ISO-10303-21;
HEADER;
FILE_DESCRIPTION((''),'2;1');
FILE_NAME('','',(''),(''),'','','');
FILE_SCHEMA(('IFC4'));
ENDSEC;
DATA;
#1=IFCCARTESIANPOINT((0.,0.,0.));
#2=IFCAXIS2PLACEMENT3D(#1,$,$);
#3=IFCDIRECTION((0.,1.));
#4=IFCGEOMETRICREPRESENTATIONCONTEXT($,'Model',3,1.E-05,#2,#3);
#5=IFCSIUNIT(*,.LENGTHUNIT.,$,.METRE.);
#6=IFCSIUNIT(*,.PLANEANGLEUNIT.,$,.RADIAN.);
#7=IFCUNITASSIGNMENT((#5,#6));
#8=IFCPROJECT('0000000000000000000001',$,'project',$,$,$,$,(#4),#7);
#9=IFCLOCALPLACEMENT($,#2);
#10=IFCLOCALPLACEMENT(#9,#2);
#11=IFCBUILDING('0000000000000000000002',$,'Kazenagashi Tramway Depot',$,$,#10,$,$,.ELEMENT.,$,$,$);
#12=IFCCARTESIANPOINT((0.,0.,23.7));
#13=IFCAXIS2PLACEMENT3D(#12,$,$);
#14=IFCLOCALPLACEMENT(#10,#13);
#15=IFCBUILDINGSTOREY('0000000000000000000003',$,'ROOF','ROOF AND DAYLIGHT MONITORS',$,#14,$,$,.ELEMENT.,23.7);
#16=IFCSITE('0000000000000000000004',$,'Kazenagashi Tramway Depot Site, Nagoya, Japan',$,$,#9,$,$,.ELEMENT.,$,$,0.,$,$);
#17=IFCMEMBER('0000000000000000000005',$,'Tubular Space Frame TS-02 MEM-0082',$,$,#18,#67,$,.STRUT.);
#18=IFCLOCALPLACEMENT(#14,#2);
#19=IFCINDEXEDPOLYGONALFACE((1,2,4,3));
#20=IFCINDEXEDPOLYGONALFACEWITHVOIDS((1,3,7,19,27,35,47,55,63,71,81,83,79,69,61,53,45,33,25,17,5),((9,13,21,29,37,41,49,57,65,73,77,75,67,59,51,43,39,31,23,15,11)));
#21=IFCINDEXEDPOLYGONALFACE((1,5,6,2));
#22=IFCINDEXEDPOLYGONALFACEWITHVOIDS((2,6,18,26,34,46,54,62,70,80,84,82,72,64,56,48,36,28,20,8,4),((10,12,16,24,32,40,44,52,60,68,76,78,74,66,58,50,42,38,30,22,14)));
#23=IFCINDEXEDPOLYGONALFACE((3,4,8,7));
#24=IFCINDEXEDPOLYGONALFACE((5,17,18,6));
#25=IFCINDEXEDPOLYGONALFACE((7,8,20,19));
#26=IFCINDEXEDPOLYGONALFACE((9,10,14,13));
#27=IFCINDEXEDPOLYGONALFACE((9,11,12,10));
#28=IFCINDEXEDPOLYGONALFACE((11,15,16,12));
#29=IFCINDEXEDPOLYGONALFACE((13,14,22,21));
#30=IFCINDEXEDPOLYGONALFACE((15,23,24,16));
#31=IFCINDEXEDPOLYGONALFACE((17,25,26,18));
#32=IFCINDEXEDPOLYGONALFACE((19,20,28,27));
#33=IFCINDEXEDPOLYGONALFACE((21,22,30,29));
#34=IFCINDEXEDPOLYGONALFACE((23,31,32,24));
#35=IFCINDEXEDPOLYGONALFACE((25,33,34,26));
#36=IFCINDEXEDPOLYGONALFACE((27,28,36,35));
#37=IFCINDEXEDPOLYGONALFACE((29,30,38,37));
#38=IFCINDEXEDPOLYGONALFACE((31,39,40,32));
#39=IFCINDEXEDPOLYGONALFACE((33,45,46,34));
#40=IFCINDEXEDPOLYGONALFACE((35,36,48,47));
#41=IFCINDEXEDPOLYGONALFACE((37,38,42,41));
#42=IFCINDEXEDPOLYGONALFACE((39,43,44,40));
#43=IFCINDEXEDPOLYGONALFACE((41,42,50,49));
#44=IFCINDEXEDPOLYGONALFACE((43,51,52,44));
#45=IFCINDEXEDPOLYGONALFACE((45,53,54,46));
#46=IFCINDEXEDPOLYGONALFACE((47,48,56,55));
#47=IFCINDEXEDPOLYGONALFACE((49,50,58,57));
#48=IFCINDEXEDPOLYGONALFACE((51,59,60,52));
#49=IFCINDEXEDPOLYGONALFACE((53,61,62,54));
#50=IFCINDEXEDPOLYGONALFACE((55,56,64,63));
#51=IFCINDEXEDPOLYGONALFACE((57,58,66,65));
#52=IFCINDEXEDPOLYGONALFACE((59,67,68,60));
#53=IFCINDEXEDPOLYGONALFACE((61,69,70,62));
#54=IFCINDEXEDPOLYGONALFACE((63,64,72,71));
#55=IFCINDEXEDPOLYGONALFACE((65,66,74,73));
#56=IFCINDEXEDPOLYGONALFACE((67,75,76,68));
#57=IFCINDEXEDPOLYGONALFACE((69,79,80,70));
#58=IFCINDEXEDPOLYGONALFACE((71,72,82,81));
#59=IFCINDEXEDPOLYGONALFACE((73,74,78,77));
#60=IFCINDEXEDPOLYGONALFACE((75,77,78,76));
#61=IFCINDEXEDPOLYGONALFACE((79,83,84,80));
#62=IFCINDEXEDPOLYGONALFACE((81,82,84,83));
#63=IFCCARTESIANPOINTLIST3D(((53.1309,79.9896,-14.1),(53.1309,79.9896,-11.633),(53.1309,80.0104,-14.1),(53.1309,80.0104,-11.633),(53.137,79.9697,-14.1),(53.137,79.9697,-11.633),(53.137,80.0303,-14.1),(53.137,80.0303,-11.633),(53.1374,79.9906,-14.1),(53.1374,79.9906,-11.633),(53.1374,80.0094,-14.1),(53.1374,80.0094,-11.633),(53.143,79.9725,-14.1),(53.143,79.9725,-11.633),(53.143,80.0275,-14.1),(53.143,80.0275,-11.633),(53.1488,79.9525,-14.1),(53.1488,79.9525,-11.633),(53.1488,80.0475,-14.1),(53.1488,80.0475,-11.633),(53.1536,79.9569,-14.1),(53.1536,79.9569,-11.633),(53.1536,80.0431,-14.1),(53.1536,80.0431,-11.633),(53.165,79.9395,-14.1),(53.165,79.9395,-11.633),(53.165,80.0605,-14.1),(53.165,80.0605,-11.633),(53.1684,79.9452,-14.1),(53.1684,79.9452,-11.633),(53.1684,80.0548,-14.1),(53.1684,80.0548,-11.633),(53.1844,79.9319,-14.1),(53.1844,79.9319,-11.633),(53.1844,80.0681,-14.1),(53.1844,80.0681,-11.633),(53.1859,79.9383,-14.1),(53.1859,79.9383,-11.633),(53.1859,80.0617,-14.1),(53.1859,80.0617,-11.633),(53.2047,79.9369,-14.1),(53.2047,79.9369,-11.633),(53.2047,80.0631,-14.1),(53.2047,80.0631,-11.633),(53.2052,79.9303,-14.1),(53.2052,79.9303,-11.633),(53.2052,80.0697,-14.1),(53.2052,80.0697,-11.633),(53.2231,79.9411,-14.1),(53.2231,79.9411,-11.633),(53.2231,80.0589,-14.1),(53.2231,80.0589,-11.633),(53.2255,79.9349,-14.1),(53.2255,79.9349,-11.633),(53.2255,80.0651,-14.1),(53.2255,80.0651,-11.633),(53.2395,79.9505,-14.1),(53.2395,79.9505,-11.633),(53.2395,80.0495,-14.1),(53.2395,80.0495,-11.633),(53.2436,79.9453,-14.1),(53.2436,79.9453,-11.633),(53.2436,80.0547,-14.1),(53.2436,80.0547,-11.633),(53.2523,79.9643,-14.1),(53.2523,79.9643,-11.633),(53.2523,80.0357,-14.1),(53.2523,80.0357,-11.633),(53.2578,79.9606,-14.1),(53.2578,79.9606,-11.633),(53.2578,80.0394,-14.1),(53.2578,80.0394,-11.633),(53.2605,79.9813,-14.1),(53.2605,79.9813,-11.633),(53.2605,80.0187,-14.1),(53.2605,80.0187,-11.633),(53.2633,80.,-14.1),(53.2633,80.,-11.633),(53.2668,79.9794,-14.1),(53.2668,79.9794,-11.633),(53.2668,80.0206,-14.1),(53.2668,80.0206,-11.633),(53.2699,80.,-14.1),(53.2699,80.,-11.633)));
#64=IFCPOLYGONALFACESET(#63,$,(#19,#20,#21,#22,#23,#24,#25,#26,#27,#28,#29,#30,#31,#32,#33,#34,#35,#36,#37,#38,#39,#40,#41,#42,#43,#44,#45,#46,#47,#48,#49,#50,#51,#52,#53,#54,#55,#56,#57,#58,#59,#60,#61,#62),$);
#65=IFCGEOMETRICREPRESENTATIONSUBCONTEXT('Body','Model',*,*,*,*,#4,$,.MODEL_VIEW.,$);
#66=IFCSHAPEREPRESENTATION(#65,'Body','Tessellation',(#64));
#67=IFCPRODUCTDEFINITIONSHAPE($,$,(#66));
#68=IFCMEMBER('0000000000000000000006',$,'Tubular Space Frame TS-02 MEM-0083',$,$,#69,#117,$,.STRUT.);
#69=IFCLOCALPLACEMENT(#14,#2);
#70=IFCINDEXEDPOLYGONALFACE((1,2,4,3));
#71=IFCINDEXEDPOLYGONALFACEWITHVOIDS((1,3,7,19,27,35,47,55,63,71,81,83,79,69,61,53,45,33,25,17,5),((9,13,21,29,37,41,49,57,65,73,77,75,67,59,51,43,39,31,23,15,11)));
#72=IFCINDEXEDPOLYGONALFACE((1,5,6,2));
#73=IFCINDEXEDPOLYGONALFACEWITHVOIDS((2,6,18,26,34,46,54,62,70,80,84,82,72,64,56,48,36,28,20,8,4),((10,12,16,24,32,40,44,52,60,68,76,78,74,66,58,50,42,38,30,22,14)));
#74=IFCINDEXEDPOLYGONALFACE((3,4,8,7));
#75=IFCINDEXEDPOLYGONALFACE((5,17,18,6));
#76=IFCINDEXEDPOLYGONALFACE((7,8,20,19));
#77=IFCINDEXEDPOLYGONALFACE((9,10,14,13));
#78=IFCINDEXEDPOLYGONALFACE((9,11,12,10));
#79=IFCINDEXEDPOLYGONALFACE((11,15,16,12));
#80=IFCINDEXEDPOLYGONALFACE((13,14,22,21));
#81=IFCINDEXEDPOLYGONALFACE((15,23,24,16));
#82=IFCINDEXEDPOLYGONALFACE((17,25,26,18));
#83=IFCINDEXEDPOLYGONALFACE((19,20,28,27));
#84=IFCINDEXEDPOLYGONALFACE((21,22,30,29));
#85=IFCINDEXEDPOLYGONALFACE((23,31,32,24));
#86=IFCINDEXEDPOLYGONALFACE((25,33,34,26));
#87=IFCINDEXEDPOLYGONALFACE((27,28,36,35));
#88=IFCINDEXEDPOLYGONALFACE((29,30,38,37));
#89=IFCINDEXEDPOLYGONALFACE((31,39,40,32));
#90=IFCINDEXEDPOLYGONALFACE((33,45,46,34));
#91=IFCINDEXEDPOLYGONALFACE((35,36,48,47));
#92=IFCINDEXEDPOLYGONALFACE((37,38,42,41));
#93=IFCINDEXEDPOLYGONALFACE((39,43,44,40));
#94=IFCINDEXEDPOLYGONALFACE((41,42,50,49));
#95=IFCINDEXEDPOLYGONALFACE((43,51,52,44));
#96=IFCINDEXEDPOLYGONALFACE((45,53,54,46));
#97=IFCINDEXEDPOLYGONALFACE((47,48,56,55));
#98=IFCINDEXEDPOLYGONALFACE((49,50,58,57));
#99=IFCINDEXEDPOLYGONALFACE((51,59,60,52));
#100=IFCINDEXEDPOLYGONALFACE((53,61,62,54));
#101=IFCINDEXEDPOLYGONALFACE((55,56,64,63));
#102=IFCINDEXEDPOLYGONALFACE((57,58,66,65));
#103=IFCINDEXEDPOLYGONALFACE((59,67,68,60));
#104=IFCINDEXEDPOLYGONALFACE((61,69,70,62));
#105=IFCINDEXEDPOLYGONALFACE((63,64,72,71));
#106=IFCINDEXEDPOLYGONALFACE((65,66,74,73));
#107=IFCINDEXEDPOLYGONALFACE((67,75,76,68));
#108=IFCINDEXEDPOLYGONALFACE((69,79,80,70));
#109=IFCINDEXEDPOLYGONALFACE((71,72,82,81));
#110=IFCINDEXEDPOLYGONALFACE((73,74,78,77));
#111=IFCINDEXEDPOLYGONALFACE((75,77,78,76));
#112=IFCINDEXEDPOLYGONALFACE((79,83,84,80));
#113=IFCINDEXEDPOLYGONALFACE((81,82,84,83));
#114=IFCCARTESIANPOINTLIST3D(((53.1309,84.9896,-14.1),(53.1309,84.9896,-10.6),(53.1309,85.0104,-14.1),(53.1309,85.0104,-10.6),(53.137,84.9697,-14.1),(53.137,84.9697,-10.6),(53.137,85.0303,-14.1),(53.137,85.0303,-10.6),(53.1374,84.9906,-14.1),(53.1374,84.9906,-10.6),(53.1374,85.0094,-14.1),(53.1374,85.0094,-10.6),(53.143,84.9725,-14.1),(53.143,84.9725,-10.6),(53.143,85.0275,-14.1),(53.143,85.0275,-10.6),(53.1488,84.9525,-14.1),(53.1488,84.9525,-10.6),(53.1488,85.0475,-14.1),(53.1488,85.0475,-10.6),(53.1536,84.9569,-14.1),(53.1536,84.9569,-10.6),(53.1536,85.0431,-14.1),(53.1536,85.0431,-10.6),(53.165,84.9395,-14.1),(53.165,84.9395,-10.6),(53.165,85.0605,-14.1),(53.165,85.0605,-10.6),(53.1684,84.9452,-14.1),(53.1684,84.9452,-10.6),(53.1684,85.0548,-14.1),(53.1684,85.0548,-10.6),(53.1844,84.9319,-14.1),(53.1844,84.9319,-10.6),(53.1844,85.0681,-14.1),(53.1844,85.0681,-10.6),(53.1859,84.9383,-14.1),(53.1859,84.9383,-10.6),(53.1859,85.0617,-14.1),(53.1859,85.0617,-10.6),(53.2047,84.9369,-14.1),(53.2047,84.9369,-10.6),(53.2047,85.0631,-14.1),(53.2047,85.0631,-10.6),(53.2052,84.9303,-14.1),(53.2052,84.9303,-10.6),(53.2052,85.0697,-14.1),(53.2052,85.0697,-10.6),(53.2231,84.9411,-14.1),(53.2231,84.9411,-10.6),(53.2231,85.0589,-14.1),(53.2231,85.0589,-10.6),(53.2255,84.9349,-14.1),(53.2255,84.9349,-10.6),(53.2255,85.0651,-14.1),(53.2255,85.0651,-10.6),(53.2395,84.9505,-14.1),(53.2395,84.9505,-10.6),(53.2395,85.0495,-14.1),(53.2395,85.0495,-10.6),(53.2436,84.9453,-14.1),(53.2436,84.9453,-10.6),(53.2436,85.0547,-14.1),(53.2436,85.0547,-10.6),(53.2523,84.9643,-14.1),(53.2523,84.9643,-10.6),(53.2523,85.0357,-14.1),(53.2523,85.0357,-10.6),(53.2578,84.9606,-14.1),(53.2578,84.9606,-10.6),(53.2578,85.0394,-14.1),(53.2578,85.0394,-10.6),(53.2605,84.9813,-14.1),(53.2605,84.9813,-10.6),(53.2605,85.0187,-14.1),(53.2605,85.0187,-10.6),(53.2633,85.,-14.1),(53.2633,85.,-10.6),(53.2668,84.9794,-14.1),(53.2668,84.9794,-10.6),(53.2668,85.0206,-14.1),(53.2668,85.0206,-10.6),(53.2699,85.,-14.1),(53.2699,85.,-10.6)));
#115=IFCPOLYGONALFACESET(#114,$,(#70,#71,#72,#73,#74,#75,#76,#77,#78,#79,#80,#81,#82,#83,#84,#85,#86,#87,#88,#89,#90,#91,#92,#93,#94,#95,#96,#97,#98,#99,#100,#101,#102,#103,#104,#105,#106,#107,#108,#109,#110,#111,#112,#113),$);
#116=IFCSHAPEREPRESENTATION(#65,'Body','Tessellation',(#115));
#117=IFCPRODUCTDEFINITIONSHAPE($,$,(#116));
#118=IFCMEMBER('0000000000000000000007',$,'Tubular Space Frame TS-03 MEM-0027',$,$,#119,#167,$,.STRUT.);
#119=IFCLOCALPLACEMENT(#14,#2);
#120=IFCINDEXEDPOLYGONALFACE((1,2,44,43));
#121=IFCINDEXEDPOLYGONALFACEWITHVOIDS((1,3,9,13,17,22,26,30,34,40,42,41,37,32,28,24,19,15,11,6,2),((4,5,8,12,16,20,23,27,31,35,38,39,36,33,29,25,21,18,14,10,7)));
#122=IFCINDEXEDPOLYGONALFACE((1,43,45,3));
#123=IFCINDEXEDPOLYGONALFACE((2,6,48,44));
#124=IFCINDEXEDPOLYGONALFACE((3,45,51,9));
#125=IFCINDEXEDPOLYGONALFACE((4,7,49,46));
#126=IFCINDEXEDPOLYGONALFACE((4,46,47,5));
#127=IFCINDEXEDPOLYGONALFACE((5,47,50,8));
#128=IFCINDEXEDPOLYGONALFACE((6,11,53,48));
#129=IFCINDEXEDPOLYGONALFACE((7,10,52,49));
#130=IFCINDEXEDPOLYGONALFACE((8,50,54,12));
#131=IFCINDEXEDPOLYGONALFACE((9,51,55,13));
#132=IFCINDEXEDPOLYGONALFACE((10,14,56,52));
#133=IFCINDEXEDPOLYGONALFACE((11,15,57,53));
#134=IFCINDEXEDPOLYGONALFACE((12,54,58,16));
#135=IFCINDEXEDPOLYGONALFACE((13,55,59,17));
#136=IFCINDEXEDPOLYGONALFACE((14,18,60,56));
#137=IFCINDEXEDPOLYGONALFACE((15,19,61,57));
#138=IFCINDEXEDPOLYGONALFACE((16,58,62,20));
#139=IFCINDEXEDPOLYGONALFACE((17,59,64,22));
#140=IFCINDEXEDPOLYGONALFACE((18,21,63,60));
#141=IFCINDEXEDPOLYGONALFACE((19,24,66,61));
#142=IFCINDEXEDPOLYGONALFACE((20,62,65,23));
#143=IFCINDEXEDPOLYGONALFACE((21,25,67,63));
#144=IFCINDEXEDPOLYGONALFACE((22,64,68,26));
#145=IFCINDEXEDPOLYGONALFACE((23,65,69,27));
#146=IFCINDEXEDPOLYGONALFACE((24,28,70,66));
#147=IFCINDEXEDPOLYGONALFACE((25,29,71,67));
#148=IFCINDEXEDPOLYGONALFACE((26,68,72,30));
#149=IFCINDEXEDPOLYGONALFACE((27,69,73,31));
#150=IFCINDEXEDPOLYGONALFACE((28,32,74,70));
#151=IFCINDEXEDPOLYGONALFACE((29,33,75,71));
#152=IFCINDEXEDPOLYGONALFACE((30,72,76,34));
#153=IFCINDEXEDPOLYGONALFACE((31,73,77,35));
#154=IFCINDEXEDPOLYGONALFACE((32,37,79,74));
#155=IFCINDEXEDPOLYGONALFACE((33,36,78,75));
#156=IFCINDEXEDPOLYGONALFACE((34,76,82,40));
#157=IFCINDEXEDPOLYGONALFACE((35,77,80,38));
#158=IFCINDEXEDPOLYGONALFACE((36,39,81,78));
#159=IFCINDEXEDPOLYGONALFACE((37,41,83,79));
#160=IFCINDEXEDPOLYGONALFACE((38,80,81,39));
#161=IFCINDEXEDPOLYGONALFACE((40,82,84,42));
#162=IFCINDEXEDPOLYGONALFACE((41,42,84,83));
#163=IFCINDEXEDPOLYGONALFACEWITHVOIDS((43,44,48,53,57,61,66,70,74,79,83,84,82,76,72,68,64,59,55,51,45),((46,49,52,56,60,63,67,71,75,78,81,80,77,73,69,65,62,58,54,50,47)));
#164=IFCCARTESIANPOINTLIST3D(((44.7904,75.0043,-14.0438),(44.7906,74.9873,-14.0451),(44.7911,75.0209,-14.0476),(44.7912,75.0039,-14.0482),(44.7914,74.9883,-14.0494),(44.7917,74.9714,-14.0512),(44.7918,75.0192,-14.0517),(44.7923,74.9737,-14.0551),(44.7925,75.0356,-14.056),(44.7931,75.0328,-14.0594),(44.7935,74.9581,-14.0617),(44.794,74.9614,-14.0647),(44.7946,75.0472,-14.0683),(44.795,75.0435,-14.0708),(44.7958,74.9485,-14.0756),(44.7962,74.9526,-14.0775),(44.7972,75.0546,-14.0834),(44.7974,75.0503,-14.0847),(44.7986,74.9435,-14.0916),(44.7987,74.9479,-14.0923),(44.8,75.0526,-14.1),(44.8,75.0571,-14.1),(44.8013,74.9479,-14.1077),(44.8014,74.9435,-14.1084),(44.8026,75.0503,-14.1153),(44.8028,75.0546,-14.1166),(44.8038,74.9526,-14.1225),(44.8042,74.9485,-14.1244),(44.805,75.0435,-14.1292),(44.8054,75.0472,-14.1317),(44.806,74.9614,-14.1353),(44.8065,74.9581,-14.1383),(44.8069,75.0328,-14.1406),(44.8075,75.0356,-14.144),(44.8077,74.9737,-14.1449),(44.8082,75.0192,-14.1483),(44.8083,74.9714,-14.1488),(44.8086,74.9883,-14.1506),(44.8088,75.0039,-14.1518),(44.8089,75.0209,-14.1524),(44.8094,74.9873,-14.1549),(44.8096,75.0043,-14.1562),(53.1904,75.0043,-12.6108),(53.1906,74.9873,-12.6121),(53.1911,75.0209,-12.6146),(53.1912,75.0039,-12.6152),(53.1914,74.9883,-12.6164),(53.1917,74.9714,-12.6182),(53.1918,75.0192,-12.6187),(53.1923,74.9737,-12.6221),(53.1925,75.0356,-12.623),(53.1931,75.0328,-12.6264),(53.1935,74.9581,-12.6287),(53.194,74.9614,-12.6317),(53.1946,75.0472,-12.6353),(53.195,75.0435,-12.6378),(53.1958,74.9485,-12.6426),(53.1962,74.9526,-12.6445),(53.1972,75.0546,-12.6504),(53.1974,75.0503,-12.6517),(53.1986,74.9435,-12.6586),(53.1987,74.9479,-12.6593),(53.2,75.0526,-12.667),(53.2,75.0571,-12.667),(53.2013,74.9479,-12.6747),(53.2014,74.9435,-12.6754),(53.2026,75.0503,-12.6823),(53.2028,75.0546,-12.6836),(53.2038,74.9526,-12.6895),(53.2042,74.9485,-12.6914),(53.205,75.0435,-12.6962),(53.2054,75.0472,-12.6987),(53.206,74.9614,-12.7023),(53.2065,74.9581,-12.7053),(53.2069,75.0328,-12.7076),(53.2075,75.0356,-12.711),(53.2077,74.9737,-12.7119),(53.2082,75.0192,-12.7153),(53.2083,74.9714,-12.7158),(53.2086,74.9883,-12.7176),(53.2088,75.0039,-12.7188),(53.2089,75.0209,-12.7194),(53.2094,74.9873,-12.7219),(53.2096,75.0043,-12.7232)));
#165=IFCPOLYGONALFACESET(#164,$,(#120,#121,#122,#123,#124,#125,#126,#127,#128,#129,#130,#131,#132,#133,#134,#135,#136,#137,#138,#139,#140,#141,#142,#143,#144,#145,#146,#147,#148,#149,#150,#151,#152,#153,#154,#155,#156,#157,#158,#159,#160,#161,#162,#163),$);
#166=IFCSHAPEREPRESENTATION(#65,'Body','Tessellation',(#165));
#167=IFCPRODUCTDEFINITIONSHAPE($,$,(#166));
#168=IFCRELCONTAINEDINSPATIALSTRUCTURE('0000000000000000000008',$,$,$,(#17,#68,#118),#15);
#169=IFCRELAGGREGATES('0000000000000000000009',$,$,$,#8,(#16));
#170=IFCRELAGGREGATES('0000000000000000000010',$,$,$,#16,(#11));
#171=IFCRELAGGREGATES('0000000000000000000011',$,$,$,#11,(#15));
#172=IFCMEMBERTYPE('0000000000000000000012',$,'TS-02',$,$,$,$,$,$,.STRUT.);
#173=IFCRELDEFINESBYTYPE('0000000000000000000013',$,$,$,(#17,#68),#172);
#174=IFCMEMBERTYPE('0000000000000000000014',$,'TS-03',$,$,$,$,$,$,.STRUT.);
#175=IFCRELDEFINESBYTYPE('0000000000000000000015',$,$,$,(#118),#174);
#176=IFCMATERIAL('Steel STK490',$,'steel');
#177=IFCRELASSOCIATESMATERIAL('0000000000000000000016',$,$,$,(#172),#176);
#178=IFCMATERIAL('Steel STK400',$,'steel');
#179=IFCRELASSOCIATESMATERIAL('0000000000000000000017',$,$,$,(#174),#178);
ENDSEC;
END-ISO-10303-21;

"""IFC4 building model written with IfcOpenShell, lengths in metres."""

from ifc_helpers import new_model, si_unit, direction, frame, origin, origin_2d, place, context, subcontext, project, spatial, hollow_circle, extrude, material, material_profile, profile_set, type_object, element, save


model = new_model("IFC4")

# Units and contexts
model_context = context("Model", 3, precision=1e-05, world=origin(), true_north=direction((0.0, 1.0)))
body_context = subcontext(model_context, "Body", "Model", "MODEL_VIEW")
ifc_project = project(units=[si_unit("LENGTHUNIT", "METRE"), si_unit("PLANEANGLEUNIT", "RADIAN")], contexts=[model_context])

# Site, building, storey
site_placement = place(None, origin())
site = spatial("IfcSite", under=ifc_project, at=site_placement, Name="Kazenagashi Tramway Depot Site, Nagoya, Japan", CompositionType="ELEMENT", RefElevation=0.0)
building_placement = place(site_placement, origin())
building = spatial("IfcBuilding", under=site, at=building_placement, Name="Kazenagashi Tramway Depot", CompositionType="ELEMENT")
storey_placement = place(building_placement, frame((0.0, 0.0, 23.7)))
storey = spatial("IfcBuildingStorey", under=building, at=storey_placement, Name="ROOF", Description="ROOF AND DAYLIGHT MONITORS", CompositionType="ELEMENT", Elevation=23.7)

# Members
ifc_material_1 = material(Name="Steel STK490", Category="steel")
ifc_material_profile_1 = material_profile(ifc_material_1, hollow_circle(Radius=0.0699, WallThickness=0.0066, at=origin_2d()), Name="CHS-139.8x6.6")
ifc_profile_set_1 = profile_set([ifc_material_profile_1], Name="Steel STK490")
member_type_1 = type_object("IfcMemberType", Name="TS-02", PredefinedType="STRUT", material=ifc_profile_set_1)
member_1_placement = place(storey_placement, frame((53.2, 80.0, -14.1), z_axis=(0.0, 0.0, 1.0), x_axis=(1.0, 0.0, 0.0)))
element("IfcMember", 1, at=member_1_placement, inside=storey, type_object=member_type_1, Name="Tubular Space Frame TS-02 MEM-0082", PredefinedType="STRUT", context=body_context, shape_type="SweptSolid", body=[
    extrude(hollow_circle(Radius=0.0699, WallThickness=0.0066, at=origin_2d()), origin(), (0.0, 0.0, 1.0), 2.467),
])
member_2_placement = place(storey_placement, frame((53.2, 85.0, -14.1), z_axis=(0.0, 0.0, 1.0), x_axis=(1.0, 0.0, 0.0)))
element("IfcMember", 2, at=member_2_placement, inside=storey, type_object=member_type_1, Name="Tubular Space Frame TS-02 MEM-0083", PredefinedType="STRUT", context=body_context, shape_type="SweptSolid", body=[
    extrude(hollow_circle(Radius=0.0699, WallThickness=0.0066, at=origin_2d()), origin(), (0.0, 0.0, 1.0), 3.5),
])
ifc_material_2 = material(Name="Steel STK400", Category="steel")
ifc_material_profile_2 = material_profile(ifc_material_2, hollow_circle(Radius=0.0571, WallThickness=0.0045, at=origin_2d()), Name="CHS-114.3x4.5")
ifc_profile_set_2 = profile_set([ifc_material_profile_2], Name="Steel STK400")
member_type_2 = type_object("IfcMemberType", Name="TS-03", PredefinedType="STRUT", material=ifc_profile_set_2)
for number, where, z_axis, x_axis, name in (
    (3, (44.8, 75.0, -14.1), (0.985759, 0.0, 0.168166), (0.0, 1.0, 0.0), "Tubular Space Frame TS-03 MEM-0027"),
):
    element("IfcMember", number, at=place(storey_placement, frame(where, z_axis=z_axis, x_axis=x_axis)), inside=storey, type_object=member_type_2, Name=name, PredefinedType="STRUT", context=body_context, shape_type="SweptSolid", body=[
        extrude(hollow_circle(Radius=0.0571, WallThickness=0.0045, at=origin_2d()), origin(), (0.0, 0.0, 1.0), 8.5214),
    ])

save(model, "model.ifc")
